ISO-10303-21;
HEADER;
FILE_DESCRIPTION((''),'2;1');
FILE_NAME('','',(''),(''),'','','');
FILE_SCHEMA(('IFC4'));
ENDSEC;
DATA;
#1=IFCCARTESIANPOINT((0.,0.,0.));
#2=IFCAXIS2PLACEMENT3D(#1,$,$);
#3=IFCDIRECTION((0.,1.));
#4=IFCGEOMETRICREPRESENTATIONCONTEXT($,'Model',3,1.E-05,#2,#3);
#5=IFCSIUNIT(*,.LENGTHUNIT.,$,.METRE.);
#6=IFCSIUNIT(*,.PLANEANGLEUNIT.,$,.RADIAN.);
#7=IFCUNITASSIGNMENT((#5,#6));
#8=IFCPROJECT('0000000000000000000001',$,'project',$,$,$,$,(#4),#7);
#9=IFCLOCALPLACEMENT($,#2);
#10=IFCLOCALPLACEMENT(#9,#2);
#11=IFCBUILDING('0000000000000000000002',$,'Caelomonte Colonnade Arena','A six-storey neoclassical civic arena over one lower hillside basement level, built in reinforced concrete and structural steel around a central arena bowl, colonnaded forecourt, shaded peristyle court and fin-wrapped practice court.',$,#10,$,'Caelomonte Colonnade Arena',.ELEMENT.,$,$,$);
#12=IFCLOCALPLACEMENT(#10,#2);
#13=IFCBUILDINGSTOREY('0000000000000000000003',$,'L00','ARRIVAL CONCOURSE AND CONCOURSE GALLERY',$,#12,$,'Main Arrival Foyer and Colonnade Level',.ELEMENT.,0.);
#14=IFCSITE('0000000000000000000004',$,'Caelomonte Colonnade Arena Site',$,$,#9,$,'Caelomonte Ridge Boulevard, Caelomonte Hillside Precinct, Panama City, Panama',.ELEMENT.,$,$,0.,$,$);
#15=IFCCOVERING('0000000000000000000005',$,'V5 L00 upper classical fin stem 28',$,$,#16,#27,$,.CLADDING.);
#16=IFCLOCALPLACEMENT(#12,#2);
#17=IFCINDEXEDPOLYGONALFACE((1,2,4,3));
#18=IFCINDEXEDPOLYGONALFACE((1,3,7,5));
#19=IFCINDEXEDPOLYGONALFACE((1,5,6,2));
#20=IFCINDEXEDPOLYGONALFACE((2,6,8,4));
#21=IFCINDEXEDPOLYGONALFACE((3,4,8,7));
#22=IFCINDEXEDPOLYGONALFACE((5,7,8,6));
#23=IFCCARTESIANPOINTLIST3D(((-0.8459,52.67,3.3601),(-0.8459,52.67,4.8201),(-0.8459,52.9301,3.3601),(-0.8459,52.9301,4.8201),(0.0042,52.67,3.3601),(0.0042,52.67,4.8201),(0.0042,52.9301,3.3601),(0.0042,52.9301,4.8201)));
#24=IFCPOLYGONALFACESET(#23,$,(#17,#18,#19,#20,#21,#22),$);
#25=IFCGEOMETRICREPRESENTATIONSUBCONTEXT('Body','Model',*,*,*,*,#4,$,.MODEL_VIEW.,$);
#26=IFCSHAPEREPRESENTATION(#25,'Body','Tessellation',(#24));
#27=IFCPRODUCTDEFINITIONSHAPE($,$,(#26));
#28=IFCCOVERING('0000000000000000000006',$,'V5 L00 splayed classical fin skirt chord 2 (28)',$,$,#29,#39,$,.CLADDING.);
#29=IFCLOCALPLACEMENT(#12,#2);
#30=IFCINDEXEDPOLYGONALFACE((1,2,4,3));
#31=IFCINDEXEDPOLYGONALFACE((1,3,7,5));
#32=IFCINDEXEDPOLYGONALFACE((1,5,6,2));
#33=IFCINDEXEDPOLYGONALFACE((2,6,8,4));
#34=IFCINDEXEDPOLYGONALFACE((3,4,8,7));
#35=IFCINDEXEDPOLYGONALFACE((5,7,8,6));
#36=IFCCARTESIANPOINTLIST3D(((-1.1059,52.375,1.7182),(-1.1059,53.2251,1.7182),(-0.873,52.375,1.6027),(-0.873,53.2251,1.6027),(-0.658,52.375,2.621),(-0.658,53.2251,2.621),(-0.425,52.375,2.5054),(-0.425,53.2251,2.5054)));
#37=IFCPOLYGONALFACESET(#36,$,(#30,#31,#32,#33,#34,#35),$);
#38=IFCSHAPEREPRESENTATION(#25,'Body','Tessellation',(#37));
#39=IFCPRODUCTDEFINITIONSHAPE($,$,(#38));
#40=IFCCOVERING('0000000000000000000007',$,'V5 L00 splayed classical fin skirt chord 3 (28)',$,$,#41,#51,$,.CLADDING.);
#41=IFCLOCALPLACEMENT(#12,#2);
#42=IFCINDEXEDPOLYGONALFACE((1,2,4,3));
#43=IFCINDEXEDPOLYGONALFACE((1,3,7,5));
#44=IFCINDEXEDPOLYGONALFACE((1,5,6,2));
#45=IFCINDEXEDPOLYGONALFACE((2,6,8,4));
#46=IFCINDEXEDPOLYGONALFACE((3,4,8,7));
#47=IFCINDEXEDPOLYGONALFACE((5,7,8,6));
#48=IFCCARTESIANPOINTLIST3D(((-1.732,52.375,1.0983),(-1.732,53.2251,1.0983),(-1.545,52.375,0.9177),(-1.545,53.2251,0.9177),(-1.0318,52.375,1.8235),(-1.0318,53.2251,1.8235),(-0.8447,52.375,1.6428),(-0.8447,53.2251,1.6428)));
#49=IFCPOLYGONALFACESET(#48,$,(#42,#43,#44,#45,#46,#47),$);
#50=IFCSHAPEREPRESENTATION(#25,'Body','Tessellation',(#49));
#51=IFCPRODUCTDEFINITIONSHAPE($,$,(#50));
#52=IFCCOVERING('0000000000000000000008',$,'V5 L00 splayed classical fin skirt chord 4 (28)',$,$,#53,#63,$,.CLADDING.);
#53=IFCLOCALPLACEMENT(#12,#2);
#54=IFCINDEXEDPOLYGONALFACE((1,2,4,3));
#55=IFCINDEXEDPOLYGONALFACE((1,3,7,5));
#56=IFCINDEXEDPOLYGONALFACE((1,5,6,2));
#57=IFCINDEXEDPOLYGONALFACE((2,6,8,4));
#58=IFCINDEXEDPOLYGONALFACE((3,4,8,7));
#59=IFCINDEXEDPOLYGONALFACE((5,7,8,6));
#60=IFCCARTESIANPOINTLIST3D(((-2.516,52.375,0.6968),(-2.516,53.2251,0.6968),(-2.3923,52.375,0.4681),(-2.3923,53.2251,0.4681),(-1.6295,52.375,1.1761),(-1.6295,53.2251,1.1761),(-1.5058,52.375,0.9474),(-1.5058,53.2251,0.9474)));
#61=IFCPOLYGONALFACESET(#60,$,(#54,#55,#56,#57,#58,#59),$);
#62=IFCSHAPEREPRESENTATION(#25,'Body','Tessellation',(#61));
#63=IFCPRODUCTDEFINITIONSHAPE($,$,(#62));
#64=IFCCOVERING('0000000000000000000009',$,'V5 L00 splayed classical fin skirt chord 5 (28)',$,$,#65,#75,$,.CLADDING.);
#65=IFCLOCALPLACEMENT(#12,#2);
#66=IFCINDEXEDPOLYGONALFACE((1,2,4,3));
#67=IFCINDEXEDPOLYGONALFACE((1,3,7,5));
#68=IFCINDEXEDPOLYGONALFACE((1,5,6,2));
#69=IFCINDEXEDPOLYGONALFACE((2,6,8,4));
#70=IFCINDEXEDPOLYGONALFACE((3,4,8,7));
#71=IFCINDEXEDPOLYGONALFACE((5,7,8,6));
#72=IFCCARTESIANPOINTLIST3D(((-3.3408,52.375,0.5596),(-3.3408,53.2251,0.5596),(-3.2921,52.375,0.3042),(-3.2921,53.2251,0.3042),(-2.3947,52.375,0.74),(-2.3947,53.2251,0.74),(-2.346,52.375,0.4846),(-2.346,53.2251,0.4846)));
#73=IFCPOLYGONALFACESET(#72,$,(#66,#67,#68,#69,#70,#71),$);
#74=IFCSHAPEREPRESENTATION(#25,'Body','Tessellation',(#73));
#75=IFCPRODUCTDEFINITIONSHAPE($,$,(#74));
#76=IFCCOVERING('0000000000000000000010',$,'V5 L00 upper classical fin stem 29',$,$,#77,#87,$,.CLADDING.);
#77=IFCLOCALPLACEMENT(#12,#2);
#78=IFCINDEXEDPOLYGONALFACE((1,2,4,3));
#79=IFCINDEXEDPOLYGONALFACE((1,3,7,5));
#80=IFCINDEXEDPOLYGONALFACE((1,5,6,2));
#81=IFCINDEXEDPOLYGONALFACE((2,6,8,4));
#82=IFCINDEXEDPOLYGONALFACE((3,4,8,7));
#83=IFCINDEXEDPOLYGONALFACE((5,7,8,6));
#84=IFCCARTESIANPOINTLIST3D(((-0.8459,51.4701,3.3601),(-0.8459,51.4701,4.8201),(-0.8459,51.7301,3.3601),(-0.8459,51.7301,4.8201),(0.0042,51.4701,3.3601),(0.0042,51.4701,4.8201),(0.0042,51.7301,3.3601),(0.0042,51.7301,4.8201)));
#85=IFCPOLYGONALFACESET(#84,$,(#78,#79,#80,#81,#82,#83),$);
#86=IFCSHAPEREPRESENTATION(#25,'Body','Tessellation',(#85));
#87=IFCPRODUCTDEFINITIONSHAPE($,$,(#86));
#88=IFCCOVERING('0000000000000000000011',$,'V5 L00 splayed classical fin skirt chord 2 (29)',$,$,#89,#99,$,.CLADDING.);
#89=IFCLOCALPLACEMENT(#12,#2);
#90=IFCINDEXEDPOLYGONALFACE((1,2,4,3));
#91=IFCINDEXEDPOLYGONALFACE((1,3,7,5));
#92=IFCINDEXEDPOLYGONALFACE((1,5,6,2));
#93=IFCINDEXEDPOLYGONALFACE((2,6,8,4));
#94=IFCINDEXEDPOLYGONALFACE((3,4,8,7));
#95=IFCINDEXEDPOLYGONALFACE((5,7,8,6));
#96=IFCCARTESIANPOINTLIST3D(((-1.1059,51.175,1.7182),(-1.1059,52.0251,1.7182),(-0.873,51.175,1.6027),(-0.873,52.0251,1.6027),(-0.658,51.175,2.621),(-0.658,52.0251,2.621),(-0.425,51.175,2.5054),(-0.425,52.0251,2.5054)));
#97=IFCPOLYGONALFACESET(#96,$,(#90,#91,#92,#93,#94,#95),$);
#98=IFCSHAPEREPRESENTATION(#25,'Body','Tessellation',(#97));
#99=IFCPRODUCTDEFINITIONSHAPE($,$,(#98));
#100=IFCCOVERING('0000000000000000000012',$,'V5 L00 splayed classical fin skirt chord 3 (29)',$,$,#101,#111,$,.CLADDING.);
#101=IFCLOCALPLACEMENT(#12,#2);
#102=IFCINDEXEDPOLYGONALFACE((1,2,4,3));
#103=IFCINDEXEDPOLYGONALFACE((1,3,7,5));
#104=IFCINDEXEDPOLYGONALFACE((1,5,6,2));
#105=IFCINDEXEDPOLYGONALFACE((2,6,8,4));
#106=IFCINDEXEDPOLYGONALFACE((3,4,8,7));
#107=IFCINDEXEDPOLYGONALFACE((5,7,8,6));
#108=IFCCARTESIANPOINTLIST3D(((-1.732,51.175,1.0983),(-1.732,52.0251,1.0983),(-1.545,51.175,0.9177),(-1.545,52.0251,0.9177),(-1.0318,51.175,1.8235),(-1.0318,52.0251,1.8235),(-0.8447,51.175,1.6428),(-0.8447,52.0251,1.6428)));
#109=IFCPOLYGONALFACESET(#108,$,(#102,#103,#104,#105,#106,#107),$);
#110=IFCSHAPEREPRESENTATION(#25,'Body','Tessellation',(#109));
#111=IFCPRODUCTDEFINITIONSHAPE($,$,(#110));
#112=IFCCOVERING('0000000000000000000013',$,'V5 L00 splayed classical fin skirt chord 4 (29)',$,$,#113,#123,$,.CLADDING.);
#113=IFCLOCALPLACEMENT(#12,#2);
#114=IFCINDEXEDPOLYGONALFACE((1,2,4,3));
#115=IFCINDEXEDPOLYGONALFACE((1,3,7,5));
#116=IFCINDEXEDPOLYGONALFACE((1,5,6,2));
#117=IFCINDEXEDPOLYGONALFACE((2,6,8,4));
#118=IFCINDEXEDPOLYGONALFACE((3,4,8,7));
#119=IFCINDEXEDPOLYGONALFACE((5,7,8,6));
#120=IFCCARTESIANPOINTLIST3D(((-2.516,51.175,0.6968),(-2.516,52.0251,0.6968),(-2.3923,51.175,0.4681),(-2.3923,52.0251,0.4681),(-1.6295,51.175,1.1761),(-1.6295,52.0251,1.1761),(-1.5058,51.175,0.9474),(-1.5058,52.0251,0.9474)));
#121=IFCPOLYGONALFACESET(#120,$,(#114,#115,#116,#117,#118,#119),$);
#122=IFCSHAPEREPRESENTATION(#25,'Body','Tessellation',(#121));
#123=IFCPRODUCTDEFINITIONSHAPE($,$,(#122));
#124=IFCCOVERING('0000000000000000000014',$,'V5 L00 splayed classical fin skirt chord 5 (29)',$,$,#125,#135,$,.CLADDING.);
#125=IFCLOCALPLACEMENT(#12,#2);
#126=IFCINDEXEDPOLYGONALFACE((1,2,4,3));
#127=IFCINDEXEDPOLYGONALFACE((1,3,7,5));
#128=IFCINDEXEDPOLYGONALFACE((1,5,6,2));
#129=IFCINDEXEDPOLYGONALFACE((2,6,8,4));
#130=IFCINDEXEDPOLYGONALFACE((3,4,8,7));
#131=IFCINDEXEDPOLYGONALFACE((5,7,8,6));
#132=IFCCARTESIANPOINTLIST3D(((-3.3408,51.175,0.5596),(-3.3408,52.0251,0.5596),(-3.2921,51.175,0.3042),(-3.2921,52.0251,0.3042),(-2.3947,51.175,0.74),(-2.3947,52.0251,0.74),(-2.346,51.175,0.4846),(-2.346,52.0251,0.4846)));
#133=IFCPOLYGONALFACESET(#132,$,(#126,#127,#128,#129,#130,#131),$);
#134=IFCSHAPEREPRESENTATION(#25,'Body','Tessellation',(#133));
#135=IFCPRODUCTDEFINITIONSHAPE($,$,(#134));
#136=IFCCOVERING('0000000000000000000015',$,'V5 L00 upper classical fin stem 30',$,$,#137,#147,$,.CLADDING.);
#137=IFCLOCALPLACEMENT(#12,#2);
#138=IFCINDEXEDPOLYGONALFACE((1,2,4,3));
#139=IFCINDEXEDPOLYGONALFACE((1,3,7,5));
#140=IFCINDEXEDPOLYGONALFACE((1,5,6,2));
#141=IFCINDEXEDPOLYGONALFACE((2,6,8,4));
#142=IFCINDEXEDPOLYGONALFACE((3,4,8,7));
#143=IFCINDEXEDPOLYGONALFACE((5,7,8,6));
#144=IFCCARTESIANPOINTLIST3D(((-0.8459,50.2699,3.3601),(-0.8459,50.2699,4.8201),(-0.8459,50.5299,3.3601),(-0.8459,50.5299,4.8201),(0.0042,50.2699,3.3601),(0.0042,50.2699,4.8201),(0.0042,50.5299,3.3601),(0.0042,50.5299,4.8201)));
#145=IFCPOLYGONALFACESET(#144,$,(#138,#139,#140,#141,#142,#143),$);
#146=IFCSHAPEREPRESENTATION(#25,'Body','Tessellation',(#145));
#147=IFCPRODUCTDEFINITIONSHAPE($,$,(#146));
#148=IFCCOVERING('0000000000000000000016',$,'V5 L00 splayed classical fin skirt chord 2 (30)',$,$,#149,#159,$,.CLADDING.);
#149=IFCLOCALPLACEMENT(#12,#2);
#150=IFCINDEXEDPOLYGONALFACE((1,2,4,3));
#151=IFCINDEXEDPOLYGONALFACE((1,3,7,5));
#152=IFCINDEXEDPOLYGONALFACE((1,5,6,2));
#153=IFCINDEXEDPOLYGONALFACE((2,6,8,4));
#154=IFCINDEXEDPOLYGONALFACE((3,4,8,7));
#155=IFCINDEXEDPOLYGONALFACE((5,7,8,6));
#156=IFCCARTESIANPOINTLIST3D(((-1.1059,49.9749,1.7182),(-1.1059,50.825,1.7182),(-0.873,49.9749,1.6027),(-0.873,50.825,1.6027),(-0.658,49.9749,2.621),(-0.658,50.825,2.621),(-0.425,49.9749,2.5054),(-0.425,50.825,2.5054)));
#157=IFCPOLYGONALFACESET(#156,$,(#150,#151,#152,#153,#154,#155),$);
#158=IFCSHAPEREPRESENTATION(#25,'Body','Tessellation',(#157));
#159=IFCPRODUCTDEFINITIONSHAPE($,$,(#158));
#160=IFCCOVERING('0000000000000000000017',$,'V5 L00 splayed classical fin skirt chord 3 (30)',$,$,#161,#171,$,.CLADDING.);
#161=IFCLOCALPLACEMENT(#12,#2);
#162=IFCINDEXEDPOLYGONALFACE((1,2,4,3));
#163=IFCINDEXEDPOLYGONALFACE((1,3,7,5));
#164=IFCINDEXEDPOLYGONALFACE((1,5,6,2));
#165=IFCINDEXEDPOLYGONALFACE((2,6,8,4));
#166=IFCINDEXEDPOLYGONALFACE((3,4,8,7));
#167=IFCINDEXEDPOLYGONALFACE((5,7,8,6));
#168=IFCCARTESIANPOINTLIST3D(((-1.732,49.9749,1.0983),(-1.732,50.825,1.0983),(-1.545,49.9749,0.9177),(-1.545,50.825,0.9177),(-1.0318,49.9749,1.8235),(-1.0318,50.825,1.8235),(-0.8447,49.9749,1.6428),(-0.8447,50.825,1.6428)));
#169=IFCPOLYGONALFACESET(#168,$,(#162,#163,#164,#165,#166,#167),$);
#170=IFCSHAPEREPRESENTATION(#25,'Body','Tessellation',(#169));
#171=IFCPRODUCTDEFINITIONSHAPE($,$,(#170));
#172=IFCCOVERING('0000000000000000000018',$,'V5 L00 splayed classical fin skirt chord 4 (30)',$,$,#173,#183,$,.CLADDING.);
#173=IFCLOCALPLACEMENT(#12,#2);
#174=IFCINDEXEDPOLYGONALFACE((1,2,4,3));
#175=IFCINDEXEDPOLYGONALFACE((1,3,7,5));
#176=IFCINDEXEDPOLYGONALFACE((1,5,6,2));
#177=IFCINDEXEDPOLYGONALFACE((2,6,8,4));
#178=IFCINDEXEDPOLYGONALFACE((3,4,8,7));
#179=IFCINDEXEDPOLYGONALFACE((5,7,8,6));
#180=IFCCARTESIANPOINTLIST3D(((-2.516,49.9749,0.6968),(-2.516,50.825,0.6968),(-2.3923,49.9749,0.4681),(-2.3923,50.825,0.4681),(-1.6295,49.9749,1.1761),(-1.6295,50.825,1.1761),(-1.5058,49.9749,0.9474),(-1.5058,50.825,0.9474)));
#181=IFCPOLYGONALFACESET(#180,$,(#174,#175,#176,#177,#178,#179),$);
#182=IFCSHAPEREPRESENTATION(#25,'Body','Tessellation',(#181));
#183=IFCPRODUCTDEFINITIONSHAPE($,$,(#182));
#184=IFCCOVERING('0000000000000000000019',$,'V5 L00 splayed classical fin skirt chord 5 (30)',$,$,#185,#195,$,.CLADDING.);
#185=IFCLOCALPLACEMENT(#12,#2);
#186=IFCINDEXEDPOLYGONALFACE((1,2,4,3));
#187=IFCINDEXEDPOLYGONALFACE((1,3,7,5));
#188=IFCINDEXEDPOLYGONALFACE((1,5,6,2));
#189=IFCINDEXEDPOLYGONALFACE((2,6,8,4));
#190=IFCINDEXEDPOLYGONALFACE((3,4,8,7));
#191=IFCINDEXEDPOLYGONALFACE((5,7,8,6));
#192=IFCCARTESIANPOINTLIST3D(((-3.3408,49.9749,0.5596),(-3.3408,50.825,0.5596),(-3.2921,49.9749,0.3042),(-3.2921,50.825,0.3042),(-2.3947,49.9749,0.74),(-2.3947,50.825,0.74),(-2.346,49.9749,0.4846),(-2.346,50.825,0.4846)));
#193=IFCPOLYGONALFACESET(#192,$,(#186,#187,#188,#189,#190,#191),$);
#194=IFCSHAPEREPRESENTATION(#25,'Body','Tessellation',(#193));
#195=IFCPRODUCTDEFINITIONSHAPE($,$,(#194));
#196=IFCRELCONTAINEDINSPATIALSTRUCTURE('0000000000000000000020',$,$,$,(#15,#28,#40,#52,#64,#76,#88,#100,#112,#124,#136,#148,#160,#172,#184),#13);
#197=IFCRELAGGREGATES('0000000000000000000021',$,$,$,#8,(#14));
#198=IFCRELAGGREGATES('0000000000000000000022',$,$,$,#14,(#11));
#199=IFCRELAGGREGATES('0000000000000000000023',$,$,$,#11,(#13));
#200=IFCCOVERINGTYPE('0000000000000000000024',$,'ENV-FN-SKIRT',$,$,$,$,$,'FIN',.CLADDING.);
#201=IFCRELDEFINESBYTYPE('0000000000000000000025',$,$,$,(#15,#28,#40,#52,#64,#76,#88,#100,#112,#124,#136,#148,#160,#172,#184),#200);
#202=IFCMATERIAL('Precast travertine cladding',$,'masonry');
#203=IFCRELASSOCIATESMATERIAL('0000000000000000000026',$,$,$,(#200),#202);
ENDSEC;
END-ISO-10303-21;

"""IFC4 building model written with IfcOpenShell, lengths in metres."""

from ifc_helpers import new_model, si_unit, direction, frame, origin, origin_2d, place, context, subcontext, project, spatial, rectangle, extrude, material, material_profile, profile_set, type_object, element, save


model = new_model("IFC4")

# Units and contexts
model_context = context("Model", 3, precision=1e-05, world=origin(), true_north=direction((0.0, 1.0)))
body_context = subcontext(model_context, "Body", "Model", "MODEL_VIEW")
ifc_project = project(units=[si_unit("LENGTHUNIT", "METRE"), si_unit("PLANEANGLEUNIT", "RADIAN")], contexts=[model_context])

# Site, building, storey
site_placement = place(None, origin())
site = spatial("IfcSite", under=ifc_project, at=site_placement, Name="Caelomonte Colonnade Arena Site", LongName="Caelomonte Ridge Boulevard, Caelomonte Hillside Precinct, Panama City, Panama", CompositionType="ELEMENT", RefElevation=0.0)
building_placement = place(site_placement, origin())
building = spatial("IfcBuilding", under=site, at=building_placement, Name="Caelomonte Colonnade Arena", Description="A six-storey neoclassical civic arena over one lower hillside basement level, built in reinforced concrete and structural steel around a central arena bowl, colonnaded forecourt, shaded peristyle court and fin-wrapped practice court.", LongName="Caelomonte Colonnade Arena", CompositionType="ELEMENT")
storey_placement = place(building_placement, origin())
storey = spatial("IfcBuildingStorey", under=building, at=storey_placement, Name="L00", Description="ARRIVAL CONCOURSE AND CONCOURSE GALLERY", LongName="Main Arrival Foyer and Colonnade Level", CompositionType="ELEMENT", Elevation=0.0)

# Coverings
ifc_material = material(Name="Precast travertine cladding", Category="masonry")
ifc_material_profile = material_profile(ifc_material, rectangle(XDim=0.26, YDim=0.8501, at=origin_2d()), Name="FIN260X850")
ifc_profile_set = profile_set([ifc_material_profile], Name="Precast travertine cladding")
covering_type = type_object("IfcCoveringType", Name="ENV-FN-SKIRT", ElementType="FIN", PredefinedType="CLADDING", material=ifc_profile_set)
covering_1_placement = place(storey_placement, frame((-0.4209, 52.8, 3.3601), z_axis=(0.0, 0.0, 1.0), x_axis=(0.0, 1.0, 0.0)))
element("IfcCovering", 1, at=covering_1_placement, inside=storey, type_object=covering_type, Name="V5 L00 upper classical fin stem 28", PredefinedType="CLADDING", context=body_context, shape_type="SweptSolid", body=[
    extrude(rectangle(XDim=0.26, YDim=0.8501, at=origin_2d()), origin(), (0.0, 0.0, 1.0), 1.46),
])
covering_2_placement = place(storey_placement, frame((-0.5415, 52.8, 2.5632), z_axis=(-0.444499, 0.0, -0.89578), x_axis=(-0.89578, 0.0, 0.444499)))
element("IfcCovering", 2, at=covering_2_placement, inside=storey, type_object=covering_type, Name="V5 L00 splayed classical fin skirt chord 2 (28)", PredefinedType="CLADDING", context=body_context, shape_type="SweptSolid", body=[
    extrude(rectangle(XDim=0.26, YDim=0.8501, at=origin_2d()), origin(), (0.0, 0.0, 1.0), 1.0078),
])
covering_3_placement = place(storey_placement, frame((-0.9382, 52.8, 1.7332), z_axis=(-0.694646, 0.0, -0.719351), x_axis=(-0.719351, 0.0, 0.694646)))
element("IfcCovering", 3, at=covering_3_placement, inside=storey, type_object=covering_type, Name="V5 L00 splayed classical fin skirt chord 3 (28)", PredefinedType="CLADDING", context=body_context, shape_type="SweptSolid", body=[
    extrude(rectangle(XDim=0.26, YDim=0.8501, at=origin_2d()), origin(), (0.0, 0.0, 1.0), 1.0081),
])
covering_4_placement = place(storey_placement, frame((-1.5676, 52.8, 1.0618), z_axis=(-0.879676, 0.0, -0.475573), x_axis=(-0.475573, 0.0, 0.879676)))
element("IfcCovering", 4, at=covering_4_placement, inside=storey, type_object=covering_type, Name="V5 L00 splayed classical fin skirt chord 4 (28)", PredefinedType="CLADDING", context=body_context, shape_type="SweptSolid", body=[
    extrude(rectangle(XDim=0.26, YDim=0.8501, at=origin_2d()), origin(), (0.0, 0.0, 1.0), 1.0078),
])
covering_5_placement = place(storey_placement, frame((-2.3704, 52.8, 0.6123), z_axis=(-0.982296, 0.0, -0.187333), x_axis=(-0.187333, 0.0, 0.982296)))
element("IfcCovering", 5, at=covering_5_placement, inside=storey, type_object=covering_type, Name="V5 L00 splayed classical fin skirt chord 5 (28)", PredefinedType="CLADDING", context=body_context, shape_type="SweptSolid", body=[
    extrude(rectangle(XDim=0.26, YDim=0.8501, at=origin_2d()), origin(), (0.0, 0.0, 1.0), 0.9631),
])
covering_6_placement = place(storey_placement, frame((-0.4209, 51.6001, 3.3601), z_axis=(0.0, 0.0, 1.0), x_axis=(0.0, 1.0, 0.0)))
element("IfcCovering", 6, at=covering_6_placement, inside=storey, type_object=covering_type, Name="V5 L00 upper classical fin stem 29", PredefinedType="CLADDING", context=body_context, shape_type="SweptSolid", body=[
    extrude(rectangle(XDim=0.26, YDim=0.8501, at=origin_2d()), origin(), (0.0, 0.0, 1.0), 1.46),
])
covering_7_placement = place(storey_placement, frame((-0.5415, 51.6001, 2.5632), z_axis=(-0.444499, 0.0, -0.89578), x_axis=(-0.89578, 0.0, 0.444499)))
element("IfcCovering", 7, at=covering_7_placement, inside=storey, type_object=covering_type, Name="V5 L00 splayed classical fin skirt chord 2 (29)", PredefinedType="CLADDING", context=body_context, shape_type="SweptSolid", body=[
    extrude(rectangle(XDim=0.26, YDim=0.8501, at=origin_2d()), origin(), (0.0, 0.0, 1.0), 1.0078),
])
covering_8_placement = place(storey_placement, frame((-0.9382, 51.6001, 1.7332), z_axis=(-0.694646, 0.0, -0.719351), x_axis=(-0.719351, 0.0, 0.694646)))
element("IfcCovering", 8, at=covering_8_placement, inside=storey, type_object=covering_type, Name="V5 L00 splayed classical fin skirt chord 3 (29)", PredefinedType="CLADDING", context=body_context, shape_type="SweptSolid", body=[
    extrude(rectangle(XDim=0.26, YDim=0.8501, at=origin_2d()), origin(), (0.0, 0.0, 1.0), 1.0081),
])
covering_9_placement = place(storey_placement, frame((-1.5676, 51.6001, 1.0618), z_axis=(-0.879676, 0.0, -0.475573), x_axis=(-0.475573, 0.0, 0.879676)))
element("IfcCovering", 9, at=covering_9_placement, inside=storey, type_object=covering_type, Name="V5 L00 splayed classical fin skirt chord 4 (29)", PredefinedType="CLADDING", context=body_context, shape_type="SweptSolid", body=[
    extrude(rectangle(XDim=0.26, YDim=0.8501, at=origin_2d()), origin(), (0.0, 0.0, 1.0), 1.0078),
])
covering_10_placement = place(storey_placement, frame((-2.3704, 51.6001, 0.6123), z_axis=(-0.982296, 0.0, -0.187333), x_axis=(-0.187333, 0.0, 0.982296)))
element("IfcCovering", 10, at=covering_10_placement, inside=storey, type_object=covering_type, Name="V5 L00 splayed classical fin skirt chord 5 (29)", PredefinedType="CLADDING", context=body_context, shape_type="SweptSolid", body=[
    extrude(rectangle(XDim=0.26, YDim=0.8501, at=origin_2d()), origin(), (0.0, 0.0, 1.0), 0.9631),
])
covering_11_placement = place(storey_placement, frame((-0.4209, 50.3999, 3.3601), z_axis=(0.0, 0.0, 1.0), x_axis=(0.0, 1.0, 0.0)))
element("IfcCovering", 11, at=covering_11_placement, inside=storey, type_object=covering_type, Name="V5 L00 upper classical fin stem 30", PredefinedType="CLADDING", context=body_context, shape_type="SweptSolid", body=[
    extrude(rectangle(XDim=0.26, YDim=0.8501, at=origin_2d()), origin(), (0.0, 0.0, 1.0), 1.46),
])
covering_12_placement = place(storey_placement, frame((-0.5415, 50.3999, 2.5632), z_axis=(-0.444499, 0.0, -0.89578), x_axis=(-0.89578, 0.0, 0.444499)))
element("IfcCovering", 12, at=covering_12_placement, inside=storey, type_object=covering_type, Name="V5 L00 splayed classical fin skirt chord 2 (30)", PredefinedType="CLADDING", context=body_context, shape_type="SweptSolid", body=[
    extrude(rectangle(XDim=0.26, YDim=0.8501, at=origin_2d()), origin(), (0.0, 0.0, 1.0), 1.0078),
])
covering_13_placement = place(storey_placement, frame((-0.9382, 50.3999, 1.7332), z_axis=(-0.694646, 0.0, -0.719351), x_axis=(-0.719351, 0.0, 0.694646)))
element("IfcCovering", 13, at=covering_13_placement, inside=storey, type_object=covering_type, Name="V5 L00 splayed classical fin skirt chord 3 (30)", PredefinedType="CLADDING", context=body_context, shape_type="SweptSolid", body=[
    extrude(rectangle(XDim=0.26, YDim=0.8501, at=origin_2d()), origin(), (0.0, 0.0, 1.0), 1.0081),
])
covering_14_placement = place(storey_placement, frame((-1.5676, 50.3999, 1.0618), z_axis=(-0.879676, 0.0, -0.475573), x_axis=(-0.475573, 0.0, 0.879676)))
element("IfcCovering", 14, at=covering_14_placement, inside=storey, type_object=covering_type, Name="V5 L00 splayed classical fin skirt chord 4 (30)", PredefinedType="CLADDING", context=body_context, shape_type="SweptSolid", body=[
    extrude(rectangle(XDim=0.26, YDim=0.8501, at=origin_2d()), origin(), (0.0, 0.0, 1.0), 1.0078),
])
covering_15_placement = place(storey_placement, frame((-2.3704, 50.3999, 0.6123), z_axis=(-0.982296, 0.0, -0.187333), x_axis=(-0.187333, 0.0, 0.982296)))
element("IfcCovering", 15, at=covering_15_placement, inside=storey, type_object=covering_type, Name="V5 L00 splayed classical fin skirt chord 5 (30)", PredefinedType="CLADDING", context=body_context, shape_type="SweptSolid", body=[
    extrude(rectangle(XDim=0.26, YDim=0.8501, at=origin_2d()), origin(), (0.0, 0.0, 1.0), 0.9631),
])

save(model, "model.ifc")
